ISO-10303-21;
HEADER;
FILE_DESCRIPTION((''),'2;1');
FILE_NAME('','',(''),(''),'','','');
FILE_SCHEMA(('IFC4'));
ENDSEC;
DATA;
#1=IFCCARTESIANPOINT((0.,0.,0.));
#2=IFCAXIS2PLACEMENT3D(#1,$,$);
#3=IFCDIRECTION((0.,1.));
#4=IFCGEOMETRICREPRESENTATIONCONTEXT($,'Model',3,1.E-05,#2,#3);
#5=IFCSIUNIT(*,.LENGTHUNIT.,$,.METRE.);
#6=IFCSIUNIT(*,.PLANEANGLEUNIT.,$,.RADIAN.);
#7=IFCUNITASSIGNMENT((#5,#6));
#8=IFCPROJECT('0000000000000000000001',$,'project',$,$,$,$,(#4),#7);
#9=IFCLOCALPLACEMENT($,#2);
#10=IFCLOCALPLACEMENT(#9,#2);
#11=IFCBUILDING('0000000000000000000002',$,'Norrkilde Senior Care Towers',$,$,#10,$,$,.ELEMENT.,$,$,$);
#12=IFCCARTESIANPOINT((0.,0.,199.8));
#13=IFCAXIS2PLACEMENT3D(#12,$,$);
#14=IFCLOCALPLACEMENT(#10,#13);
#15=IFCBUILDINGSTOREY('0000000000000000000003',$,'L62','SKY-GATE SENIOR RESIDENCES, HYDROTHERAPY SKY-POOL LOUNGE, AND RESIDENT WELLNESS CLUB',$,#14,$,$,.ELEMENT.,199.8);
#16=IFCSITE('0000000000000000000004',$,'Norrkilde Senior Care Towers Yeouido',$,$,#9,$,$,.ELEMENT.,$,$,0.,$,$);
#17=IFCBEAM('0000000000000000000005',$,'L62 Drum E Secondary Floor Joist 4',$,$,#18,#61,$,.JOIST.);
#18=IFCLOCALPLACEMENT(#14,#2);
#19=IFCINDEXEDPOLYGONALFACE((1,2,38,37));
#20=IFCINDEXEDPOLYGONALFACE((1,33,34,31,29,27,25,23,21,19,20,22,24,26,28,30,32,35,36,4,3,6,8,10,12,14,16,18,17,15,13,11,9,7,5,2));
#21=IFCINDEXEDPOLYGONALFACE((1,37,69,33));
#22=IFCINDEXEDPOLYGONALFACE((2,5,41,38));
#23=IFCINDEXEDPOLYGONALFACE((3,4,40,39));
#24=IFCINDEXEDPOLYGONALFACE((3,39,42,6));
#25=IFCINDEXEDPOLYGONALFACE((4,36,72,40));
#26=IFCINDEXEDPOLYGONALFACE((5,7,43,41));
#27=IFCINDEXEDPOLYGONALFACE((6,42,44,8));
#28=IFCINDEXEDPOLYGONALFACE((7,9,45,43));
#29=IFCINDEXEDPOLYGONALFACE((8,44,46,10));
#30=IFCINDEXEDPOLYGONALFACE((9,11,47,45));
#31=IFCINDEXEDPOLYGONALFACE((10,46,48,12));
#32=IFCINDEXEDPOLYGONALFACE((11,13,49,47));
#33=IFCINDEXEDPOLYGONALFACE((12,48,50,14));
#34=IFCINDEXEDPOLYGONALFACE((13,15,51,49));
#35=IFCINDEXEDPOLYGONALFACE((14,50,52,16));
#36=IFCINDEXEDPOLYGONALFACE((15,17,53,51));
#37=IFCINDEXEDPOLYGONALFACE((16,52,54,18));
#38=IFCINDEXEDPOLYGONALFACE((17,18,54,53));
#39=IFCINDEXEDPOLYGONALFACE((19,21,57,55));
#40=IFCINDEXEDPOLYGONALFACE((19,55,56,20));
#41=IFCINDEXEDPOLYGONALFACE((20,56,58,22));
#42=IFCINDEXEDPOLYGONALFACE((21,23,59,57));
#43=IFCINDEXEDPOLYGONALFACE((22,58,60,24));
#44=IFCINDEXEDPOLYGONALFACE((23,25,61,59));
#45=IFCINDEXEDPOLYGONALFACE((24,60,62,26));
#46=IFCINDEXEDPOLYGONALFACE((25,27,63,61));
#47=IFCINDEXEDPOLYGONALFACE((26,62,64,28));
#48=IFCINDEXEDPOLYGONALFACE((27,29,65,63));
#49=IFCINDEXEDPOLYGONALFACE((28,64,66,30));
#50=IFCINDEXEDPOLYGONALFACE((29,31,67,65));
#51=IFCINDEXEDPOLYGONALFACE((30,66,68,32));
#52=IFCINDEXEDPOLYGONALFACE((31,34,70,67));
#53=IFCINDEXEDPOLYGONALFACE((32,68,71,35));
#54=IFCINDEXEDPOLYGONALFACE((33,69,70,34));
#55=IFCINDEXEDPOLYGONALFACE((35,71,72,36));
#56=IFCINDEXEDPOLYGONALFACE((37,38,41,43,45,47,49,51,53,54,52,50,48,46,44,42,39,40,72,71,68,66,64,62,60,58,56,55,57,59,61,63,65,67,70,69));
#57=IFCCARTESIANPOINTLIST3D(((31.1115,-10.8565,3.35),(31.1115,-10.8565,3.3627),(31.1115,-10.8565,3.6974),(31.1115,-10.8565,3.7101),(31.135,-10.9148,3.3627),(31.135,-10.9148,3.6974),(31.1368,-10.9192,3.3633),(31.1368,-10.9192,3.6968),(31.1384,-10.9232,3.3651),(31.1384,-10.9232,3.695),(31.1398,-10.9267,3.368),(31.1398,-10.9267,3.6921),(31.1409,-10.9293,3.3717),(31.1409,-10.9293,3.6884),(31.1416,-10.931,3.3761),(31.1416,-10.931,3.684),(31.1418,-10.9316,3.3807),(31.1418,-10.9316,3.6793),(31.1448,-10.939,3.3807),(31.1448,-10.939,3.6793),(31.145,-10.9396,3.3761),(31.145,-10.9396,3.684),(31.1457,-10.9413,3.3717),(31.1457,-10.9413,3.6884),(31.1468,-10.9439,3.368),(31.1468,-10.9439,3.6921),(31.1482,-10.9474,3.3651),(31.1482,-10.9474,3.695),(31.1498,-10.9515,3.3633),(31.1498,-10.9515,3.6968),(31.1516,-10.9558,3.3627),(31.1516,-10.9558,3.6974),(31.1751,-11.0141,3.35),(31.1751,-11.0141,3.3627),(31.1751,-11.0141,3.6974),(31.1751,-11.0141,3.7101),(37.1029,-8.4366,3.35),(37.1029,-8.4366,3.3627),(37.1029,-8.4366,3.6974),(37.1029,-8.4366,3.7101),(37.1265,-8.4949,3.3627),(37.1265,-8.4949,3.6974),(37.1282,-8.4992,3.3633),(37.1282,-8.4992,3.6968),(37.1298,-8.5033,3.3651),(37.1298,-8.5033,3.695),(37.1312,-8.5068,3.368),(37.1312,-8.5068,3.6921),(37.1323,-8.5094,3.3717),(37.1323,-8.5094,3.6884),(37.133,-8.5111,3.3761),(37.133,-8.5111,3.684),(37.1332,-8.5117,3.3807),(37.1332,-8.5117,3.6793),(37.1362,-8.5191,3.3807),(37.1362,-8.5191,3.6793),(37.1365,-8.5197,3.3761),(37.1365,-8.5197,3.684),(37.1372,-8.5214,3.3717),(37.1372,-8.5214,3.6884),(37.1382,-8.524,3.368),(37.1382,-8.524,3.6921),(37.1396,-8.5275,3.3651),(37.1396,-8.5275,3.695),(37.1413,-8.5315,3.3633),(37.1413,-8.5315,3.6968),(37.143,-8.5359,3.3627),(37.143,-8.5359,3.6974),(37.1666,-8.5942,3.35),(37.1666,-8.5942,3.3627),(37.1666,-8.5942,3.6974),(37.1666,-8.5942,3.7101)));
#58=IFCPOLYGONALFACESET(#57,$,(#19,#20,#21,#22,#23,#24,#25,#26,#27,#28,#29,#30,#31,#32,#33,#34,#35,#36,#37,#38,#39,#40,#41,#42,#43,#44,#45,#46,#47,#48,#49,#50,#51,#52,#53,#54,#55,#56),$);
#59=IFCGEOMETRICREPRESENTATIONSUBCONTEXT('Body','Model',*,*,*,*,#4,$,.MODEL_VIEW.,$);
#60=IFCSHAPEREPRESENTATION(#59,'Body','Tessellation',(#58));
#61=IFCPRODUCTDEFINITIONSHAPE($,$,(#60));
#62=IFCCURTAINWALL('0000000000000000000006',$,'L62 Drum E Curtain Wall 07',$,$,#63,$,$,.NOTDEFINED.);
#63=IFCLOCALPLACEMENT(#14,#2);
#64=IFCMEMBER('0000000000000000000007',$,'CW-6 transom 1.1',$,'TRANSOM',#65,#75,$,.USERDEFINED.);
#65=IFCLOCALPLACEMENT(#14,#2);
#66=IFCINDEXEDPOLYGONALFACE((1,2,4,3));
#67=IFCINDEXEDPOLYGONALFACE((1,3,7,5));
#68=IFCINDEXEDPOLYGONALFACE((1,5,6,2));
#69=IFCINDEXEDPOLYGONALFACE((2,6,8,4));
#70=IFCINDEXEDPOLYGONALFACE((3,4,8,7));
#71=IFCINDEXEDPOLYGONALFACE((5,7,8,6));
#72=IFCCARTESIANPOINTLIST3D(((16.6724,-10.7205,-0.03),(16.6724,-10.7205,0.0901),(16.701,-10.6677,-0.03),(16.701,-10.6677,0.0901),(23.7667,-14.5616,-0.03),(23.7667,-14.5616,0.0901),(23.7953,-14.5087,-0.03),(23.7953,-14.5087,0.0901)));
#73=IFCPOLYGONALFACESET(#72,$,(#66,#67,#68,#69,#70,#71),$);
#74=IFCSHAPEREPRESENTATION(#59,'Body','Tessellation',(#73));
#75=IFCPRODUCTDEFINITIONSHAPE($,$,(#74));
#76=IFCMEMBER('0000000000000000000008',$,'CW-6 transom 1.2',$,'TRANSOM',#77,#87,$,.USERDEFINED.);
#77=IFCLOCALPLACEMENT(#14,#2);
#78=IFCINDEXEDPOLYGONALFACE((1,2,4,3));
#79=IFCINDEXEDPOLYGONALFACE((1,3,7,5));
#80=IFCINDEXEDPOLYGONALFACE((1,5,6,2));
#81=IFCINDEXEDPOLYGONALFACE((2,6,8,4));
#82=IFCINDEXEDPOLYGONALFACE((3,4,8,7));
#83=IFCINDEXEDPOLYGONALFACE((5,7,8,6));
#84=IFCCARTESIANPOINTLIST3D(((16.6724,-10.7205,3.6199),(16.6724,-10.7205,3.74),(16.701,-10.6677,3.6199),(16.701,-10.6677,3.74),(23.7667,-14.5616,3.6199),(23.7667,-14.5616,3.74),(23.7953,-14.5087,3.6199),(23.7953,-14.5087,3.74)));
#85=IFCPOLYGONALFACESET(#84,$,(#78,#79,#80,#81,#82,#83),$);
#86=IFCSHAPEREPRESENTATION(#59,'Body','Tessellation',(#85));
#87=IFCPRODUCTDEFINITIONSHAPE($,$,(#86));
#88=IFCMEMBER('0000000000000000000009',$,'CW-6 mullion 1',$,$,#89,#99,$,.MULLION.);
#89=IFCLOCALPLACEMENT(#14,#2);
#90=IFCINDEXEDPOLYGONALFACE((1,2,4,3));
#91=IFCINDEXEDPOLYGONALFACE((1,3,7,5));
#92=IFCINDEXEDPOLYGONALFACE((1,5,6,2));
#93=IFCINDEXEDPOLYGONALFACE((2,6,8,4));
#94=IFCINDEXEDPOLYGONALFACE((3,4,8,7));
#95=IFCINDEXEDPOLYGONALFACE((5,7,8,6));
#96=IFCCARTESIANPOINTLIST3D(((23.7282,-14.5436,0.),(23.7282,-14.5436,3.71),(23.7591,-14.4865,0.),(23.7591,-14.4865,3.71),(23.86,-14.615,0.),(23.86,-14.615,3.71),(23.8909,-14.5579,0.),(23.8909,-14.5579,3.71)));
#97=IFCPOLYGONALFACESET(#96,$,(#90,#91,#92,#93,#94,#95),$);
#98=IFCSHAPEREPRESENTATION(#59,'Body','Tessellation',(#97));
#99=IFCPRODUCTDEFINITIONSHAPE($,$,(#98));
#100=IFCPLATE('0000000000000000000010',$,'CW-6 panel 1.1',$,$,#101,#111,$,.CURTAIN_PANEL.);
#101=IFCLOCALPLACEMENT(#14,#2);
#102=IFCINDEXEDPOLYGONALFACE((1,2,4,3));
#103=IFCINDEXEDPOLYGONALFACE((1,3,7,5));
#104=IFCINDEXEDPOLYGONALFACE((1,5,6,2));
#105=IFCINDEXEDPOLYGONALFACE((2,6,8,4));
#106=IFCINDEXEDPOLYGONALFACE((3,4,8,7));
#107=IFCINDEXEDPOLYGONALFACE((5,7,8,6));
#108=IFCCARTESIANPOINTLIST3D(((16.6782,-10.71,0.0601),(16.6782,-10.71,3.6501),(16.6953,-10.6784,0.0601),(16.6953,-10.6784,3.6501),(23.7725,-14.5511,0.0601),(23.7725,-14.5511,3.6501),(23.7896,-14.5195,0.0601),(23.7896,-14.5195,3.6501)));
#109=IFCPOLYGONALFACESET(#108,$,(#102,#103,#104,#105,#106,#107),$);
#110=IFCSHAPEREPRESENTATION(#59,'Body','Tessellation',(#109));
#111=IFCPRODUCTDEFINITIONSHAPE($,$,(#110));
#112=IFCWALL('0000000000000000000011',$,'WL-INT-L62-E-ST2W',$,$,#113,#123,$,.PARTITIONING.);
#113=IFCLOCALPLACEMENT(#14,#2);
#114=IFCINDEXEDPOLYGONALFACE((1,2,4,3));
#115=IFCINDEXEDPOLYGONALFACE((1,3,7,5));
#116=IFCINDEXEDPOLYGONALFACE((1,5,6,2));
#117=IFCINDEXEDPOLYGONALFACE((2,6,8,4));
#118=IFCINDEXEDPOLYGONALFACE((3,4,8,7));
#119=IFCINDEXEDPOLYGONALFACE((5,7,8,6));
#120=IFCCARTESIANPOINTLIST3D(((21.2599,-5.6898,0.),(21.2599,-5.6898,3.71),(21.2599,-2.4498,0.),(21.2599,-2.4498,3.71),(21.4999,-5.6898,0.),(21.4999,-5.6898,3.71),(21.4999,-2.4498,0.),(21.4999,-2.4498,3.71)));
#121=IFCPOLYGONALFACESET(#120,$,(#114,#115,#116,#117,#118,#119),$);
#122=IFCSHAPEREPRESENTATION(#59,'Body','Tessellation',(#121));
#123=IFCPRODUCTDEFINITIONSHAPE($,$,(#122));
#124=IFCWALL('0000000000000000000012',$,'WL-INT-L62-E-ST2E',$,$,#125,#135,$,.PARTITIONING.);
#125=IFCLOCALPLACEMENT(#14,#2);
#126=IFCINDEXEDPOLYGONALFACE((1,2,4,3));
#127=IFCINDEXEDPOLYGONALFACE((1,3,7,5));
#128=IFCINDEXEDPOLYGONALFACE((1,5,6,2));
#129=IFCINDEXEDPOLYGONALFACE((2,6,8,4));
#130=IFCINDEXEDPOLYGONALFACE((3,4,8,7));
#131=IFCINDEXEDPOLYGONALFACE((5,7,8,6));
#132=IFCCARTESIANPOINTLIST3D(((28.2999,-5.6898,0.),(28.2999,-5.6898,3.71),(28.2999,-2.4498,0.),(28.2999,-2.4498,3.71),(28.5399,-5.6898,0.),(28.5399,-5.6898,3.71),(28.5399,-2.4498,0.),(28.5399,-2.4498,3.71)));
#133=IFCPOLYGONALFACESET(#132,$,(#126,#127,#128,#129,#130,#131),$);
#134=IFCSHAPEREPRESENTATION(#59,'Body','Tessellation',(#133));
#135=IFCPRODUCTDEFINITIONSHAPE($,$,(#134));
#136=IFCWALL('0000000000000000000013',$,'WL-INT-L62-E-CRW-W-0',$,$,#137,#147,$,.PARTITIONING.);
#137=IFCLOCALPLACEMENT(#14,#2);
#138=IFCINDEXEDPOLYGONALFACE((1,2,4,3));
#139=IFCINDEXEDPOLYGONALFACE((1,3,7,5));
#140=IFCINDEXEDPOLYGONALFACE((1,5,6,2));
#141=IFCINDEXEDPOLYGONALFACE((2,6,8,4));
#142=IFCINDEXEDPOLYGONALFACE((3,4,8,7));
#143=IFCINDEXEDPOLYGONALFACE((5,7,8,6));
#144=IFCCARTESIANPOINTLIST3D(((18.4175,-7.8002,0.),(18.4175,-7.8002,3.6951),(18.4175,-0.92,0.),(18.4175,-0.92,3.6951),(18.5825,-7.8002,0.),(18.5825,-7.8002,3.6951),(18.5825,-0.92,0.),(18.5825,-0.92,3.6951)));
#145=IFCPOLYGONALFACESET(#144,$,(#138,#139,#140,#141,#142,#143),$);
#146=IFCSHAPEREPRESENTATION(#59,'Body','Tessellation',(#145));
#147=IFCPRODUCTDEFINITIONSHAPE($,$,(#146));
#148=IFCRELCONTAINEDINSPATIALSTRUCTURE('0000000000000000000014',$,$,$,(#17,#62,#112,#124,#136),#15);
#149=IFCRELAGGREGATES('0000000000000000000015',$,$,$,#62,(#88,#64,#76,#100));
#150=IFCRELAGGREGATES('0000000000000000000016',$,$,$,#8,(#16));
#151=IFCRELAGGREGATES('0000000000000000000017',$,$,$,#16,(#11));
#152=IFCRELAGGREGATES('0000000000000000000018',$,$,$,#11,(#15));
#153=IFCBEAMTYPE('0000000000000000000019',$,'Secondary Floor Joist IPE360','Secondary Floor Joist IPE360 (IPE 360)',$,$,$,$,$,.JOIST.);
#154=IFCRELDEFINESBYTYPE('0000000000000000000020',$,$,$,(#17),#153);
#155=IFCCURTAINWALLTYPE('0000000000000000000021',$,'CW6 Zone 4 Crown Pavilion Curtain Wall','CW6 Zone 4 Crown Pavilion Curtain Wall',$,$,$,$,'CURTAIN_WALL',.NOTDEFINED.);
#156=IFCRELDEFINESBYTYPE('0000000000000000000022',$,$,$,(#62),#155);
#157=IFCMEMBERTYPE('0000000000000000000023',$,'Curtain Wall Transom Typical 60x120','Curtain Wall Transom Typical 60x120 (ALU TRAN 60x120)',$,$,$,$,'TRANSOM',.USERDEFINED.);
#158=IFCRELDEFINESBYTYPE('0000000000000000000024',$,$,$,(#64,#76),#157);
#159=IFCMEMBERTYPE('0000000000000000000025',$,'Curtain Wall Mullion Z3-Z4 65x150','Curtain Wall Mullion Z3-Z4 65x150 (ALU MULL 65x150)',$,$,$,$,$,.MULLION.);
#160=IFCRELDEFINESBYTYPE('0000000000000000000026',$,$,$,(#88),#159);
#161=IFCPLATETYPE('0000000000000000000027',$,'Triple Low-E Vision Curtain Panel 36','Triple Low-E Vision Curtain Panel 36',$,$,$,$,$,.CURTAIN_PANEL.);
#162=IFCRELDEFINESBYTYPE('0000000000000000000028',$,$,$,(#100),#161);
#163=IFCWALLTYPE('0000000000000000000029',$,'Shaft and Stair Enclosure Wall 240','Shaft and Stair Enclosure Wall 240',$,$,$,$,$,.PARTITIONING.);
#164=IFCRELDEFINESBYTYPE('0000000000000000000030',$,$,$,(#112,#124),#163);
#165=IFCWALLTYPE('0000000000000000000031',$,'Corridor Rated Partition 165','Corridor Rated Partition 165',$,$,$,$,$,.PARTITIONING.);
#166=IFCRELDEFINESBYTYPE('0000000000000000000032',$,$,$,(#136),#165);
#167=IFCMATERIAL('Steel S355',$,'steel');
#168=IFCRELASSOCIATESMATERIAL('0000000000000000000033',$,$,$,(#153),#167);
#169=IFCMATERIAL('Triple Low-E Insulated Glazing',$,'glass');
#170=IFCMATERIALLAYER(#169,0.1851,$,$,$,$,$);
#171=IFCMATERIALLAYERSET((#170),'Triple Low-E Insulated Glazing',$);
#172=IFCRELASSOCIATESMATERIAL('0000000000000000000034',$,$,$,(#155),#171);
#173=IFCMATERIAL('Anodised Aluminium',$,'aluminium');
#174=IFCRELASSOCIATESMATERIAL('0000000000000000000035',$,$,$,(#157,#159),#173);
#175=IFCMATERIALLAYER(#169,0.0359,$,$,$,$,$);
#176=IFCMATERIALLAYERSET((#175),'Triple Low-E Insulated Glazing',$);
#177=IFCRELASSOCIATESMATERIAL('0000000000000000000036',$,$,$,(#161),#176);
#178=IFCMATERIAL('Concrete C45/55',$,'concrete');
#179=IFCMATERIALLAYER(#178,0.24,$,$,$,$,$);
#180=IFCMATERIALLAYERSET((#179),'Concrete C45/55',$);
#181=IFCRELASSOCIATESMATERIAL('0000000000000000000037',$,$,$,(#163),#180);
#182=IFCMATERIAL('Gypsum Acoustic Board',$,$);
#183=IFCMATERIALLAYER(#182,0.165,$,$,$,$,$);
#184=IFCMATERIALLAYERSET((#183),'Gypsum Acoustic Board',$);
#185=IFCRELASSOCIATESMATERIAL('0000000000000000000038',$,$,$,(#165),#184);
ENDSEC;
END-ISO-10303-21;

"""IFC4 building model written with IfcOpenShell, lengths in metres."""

from ifc_helpers import new_model, si_unit, direction, frame, frame_2d, origin, origin_2d, place, context, subcontext, project, spatial, rectangle, i_section, extrude, source, transform, mapped, material, layer, layer_set, material_profile, profile_set, type_object, type_shapes, element, aggregate, save


model = new_model("IFC4")

# Units and contexts
model_context = context("Model", 3, precision=1e-05, world=origin(), true_north=direction((0.0, 1.0)))
body_context = subcontext(model_context, "Body", "Model", "MODEL_VIEW")
ifc_project = project(units=[si_unit("LENGTHUNIT", "METRE"), si_unit("PLANEANGLEUNIT", "RADIAN")], contexts=[model_context])

# Site, building, storey
site_placement = place(None, origin())
site = spatial("IfcSite", under=ifc_project, at=site_placement, Name="Norrkilde Senior Care Towers Yeouido", CompositionType="ELEMENT", RefElevation=0.0)
building_placement = place(site_placement, origin())
building = spatial("IfcBuilding", under=site, at=building_placement, Name="Norrkilde Senior Care Towers", CompositionType="ELEMENT")
storey_placement = place(building_placement, frame((0.0, 0.0, 199.8)))
storey = spatial("IfcBuildingStorey", under=building, at=storey_placement, Name="L62", Description="SKY-GATE SENIOR RESIDENCES, HYDROTHERAPY SKY-POOL LOUNGE, AND RESIDENT WELLNESS CLUB", CompositionType="ELEMENT", Elevation=199.8)

# Beam
ifc_material_1 = material(Name="Steel S355", Category="steel")
ifc_material_profile_1 = material_profile(ifc_material_1, i_section(OverallWidth=0.1699, OverallDepth=0.3601, WebThickness=0.0081, FlangeThickness=0.0127, FilletRadius=0.0181, at=origin_2d()), Name="IPE 360")
ifc_profile_set_1 = profile_set([ifc_material_profile_1], Name="Steel S355")
beam_type_1 = type_object("IfcBeamType", Name="Secondary Floor Joist IPE360", Description="Secondary Floor Joist IPE360 (IPE 360)", PredefinedType="JOIST", material=ifc_profile_set_1)
shared_shape_1 = source(origin(), body_context, "Body", "SweptSolid", [
    extrude(i_section(OverallWidth=0.1699, OverallDepth=0.3601, WebThickness=0.0081, FlangeThickness=0.0127, FilletRadius=0.0181, at=origin_2d()), origin(), (0.0, 0.0, 1.0), 6.4617),
])
type_shapes(beam_type_1, [shared_shape_1])
beam_1_placement = place(storey_placement, frame((31.1433, -10.9353, 3.53), z_axis=(0.927226, 0.374502, 0.0), x_axis=(-0.374502, 0.927226, 0.0)))
element("IfcBeam", 1, at=beam_1_placement, inside=storey, type_object=beam_type_1, Name="L62 Drum E Secondary Floor Joist 4", PredefinedType="JOIST", context=body_context, shape_type="MappedRepresentation", body=[
    mapped(shared_shape_1, transform((0.0, 0.0, 0.0), x_axis=(1.0, 0.0, 0.0), y_axis=(0.0, 1.0, 0.0), z_axis=(0.0, 0.0, 1.0), scale=1.0)),
])

# Curtain wall, members, plate
ifc_material_2 = material(Name="Triple Low-E Insulated Glazing", Category="glass")
ifc_layer_1 = layer(ifc_material_2, 0.1851)
ifc_layer_set_1 = layer_set([ifc_layer_1], Name="Triple Low-E Insulated Glazing")
curtain_wall_type = type_object("IfcCurtainWallType", Name="CW6 Zone 4 Crown Pavilion Curtain Wall", Description="CW6 Zone 4 Crown Pavilion Curtain Wall", ElementType="CURTAIN_WALL", PredefinedType="NOTDEFINED", material=ifc_layer_set_1)
curtain_wall_placement = place(storey_placement, origin())
curtain_wall = element("IfcCurtainWall", 2, at=curtain_wall_placement, inside=storey, type_object=curtain_wall_type, Name="L62 Drum E Curtain Wall 07", PredefinedType="NOTDEFINED")
ifc_material_3 = material(Name="Anodised Aluminium", Category="aluminium")
ifc_material_profile_2 = material_profile(ifc_material_3, rectangle(XDim=0.0601, YDim=0.1201, at=origin_2d()), Name="ALU TRAN 60x120")
ifc_profile_set_2 = profile_set([ifc_material_profile_2], Name="Anodised Aluminium")
member_type_1 = type_object("IfcMemberType", Name="Curtain Wall Transom Typical 60x120", Description="Curtain Wall Transom Typical 60x120 (ALU TRAN 60x120)", ElementType="TRANSOM", PredefinedType="USERDEFINED", material=ifc_profile_set_2)
shared_shape_2 = source(origin(), body_context, "Body", "SweptSolid", [
    extrude(rectangle(XDim=0.0601, YDim=0.1201, at=origin_2d()), origin(), (0.0, 0.0, 1.0), 8.0674),
])
type_shapes(member_type_1, [shared_shape_2])
member_1_placement = place(storey_placement, frame((23.781, -14.5352, 0.03), z_axis=(-0.879378, 0.476125, 0.0), x_axis=(-0.476125, -0.879378, 0.0)))
member_1 = element("IfcMember", 3, at=member_1_placement, type_object=member_type_1, Name="CW-6 transom 1.1", ObjectType="TRANSOM", PredefinedType="USERDEFINED", context=body_context, shape_type="MappedRepresentation", body=[
    mapped(shared_shape_2, transform((0.0, 0.0, 0.0), x_axis=(1.0, 0.0, 0.0), y_axis=(0.0, 1.0, 0.0), z_axis=(0.0, 0.0, 1.0), scale=1.0)),
])
member_2_placement = place(storey_placement, frame((23.781, -14.5352, 3.6799), z_axis=(-0.879378, 0.476125, 0.0), x_axis=(-0.476125, -0.879378, 0.0)))
member_2 = element("IfcMember", 4, at=member_2_placement, type_object=member_type_1, Name="CW-6 transom 1.2", ObjectType="TRANSOM", PredefinedType="USERDEFINED", context=body_context, shape_type="MappedRepresentation", body=[
    mapped(shared_shape_2, transform((0.0, 0.0, 0.0), x_axis=(1.0, 0.0, 0.0), y_axis=(0.0, 1.0, 0.0), z_axis=(0.0, 0.0, 1.0), scale=1.0)),
])
ifc_material_profile_3 = material_profile(ifc_material_3, rectangle(XDim=0.0649, YDim=0.1499, at=origin_2d()), Name="ALU MULL 65x150")
ifc_profile_set_3 = profile_set([ifc_material_profile_3], Name="Anodised Aluminium")
member_type_2 = type_object("IfcMemberType", Name="Curtain Wall Mullion Z3-Z4 65x150", Description="Curtain Wall Mullion Z3-Z4 65x150 (ALU MULL 65x150)", PredefinedType="MULLION", material=ifc_profile_set_3)
shared_shape_3 = source(origin(), body_context, "Body", "SweptSolid", [
    extrude(rectangle(XDim=0.0649, YDim=0.1499, at=origin_2d()), origin(), (0.0, 0.0, 1.0), 3.71),
])
type_shapes(member_type_2, [shared_shape_3])
member_3_placement = place(storey_placement, frame((23.8096, -14.5508, 0.0), z_axis=(0.0, 0.0, 1.0), x_axis=(-0.476133, -0.879373, 0.0)))
member_3 = element("IfcMember", 5, at=member_3_placement, type_object=member_type_2, Name="CW-6 mullion 1", PredefinedType="MULLION", context=body_context, shape_type="MappedRepresentation", body=[
    mapped(shared_shape_3, transform((0.0, 0.0, 0.0), x_axis=(1.0, 0.0, 0.0), y_axis=(0.0, 1.0, 0.0), z_axis=(0.0, 0.0, 1.0), scale=1.0)),
])
ifc_layer_2 = layer(ifc_material_2, 0.0359)
ifc_layer_set_2 = layer_set([ifc_layer_2], Name="Triple Low-E Insulated Glazing")
plate_type = type_object("IfcPlateType", Name="Triple Low-E Vision Curtain Panel 36", Description="Triple Low-E Vision Curtain Panel 36", PredefinedType="CURTAIN_PANEL", material=ifc_layer_set_2)
shared_shape_4 = source(origin(), body_context, "Body", "SweptSolid", [
    extrude(rectangle(XDim=8.0674, YDim=0.0359, at=origin_2d()), origin(), (0.0, 0.0, 1.0), 3.5901),
])
type_shapes(plate_type, [shared_shape_4])
plate_placement = place(storey_placement, frame((20.2339, -12.6147, 0.0601), z_axis=(0.0, 0.0, 1.0), x_axis=(-0.879373, 0.476133, 0.0)))
plate = element("IfcPlate", 6, at=plate_placement, type_object=plate_type, Name="CW-6 panel 1.1", PredefinedType="CURTAIN_PANEL", context=body_context, shape_type="MappedRepresentation", body=[
    mapped(shared_shape_4, transform((0.0, 0.0, 0.0), x_axis=(1.0, 0.0, 0.0), y_axis=(0.0, 1.0, 0.0), z_axis=(0.0, 0.0, 1.0), scale=1.0)),
])
aggregate(curtain_wall, [member_3, member_1, member_2, plate])

# Walls
ifc_material_4 = material(Name="Concrete C45/55", Category="concrete")
ifc_layer_3 = layer(ifc_material_4, 0.24)
ifc_layer_set_3 = layer_set([ifc_layer_3], Name="Concrete C45/55")
wall_type_1 = type_object("IfcWallType", Name="Shaft and Stair Enclosure Wall 240", Description="Shaft and Stair Enclosure Wall 240", PredefinedType="PARTITIONING", material=ifc_layer_set_3)
shared_shape_5 = source(origin(), body_context, "Body", "SweptSolid", [
    extrude(rectangle(XDim=3.24, YDim=0.24, at=frame_2d((1.6201, 0.0))), origin(), (0.0, 0.0, 1.0), 3.71),
])
type_shapes(wall_type_1, [shared_shape_5])
for number, where, z_axis, x_axis, name in (
    (7, (21.3799, -5.6899, 0.0), (0.0, 0.0, 1.0), (0.0, 1.0, 0.0), "WL-INT-L62-E-ST2W"),
    (8, (28.4199, -5.6899, 0.0), (0.0, 0.0, 1.0), (0.0, 1.0, 0.0), "WL-INT-L62-E-ST2E"),
):
    element("IfcWall", number, at=place(storey_placement, frame(where, z_axis=z_axis, x_axis=x_axis)), inside=storey, type_object=wall_type_1, Name=name, PredefinedType="PARTITIONING", context=body_context, shape_type="MappedRepresentation", body=[
        mapped(shared_shape_5, transform((0.0, 0.0, 0.0), x_axis=(1.0, 0.0, 0.0), y_axis=(0.0, 1.0, 0.0), z_axis=(0.0, 0.0, 1.0), scale=1.0)),
    ])
ifc_material_5 = material(Name="Gypsum Acoustic Board")
ifc_layer_4 = layer(ifc_material_5, 0.165)
ifc_layer_set_4 = layer_set([ifc_layer_4], Name="Gypsum Acoustic Board")
wall_type_2 = type_object("IfcWallType", Name="Corridor Rated Partition 165", Description="Corridor Rated Partition 165", PredefinedType="PARTITIONING", material=ifc_layer_set_4)
shared_shape_6 = source(origin(), body_context, "Body", "SweptSolid", [
    extrude(rectangle(XDim=6.8801, YDim=0.165, at=frame_2d((3.4399, 0.0))), origin(), (0.0, 0.0, 1.0), 3.6951),
])
type_shapes(wall_type_2, [shared_shape_6])
wall_1_placement = place(storey_placement, frame((18.5, -7.8, 0.0), z_axis=(0.0, 0.0, 1.0), x_axis=(0.0, 1.0, 0.0)))
element("IfcWall", 9, at=wall_1_placement, inside=storey, type_object=wall_type_2, Name="WL-INT-L62-E-CRW-W-0", PredefinedType="PARTITIONING", context=body_context, shape_type="MappedRepresentation", body=[
    mapped(shared_shape_6, transform((0.0, 0.0, 0.0), x_axis=(1.0, 0.0, 0.0), y_axis=(0.0, 1.0, 0.0), z_axis=(0.0, 0.0, 1.0), scale=1.0)),
])

save(model, "model.ifc")
